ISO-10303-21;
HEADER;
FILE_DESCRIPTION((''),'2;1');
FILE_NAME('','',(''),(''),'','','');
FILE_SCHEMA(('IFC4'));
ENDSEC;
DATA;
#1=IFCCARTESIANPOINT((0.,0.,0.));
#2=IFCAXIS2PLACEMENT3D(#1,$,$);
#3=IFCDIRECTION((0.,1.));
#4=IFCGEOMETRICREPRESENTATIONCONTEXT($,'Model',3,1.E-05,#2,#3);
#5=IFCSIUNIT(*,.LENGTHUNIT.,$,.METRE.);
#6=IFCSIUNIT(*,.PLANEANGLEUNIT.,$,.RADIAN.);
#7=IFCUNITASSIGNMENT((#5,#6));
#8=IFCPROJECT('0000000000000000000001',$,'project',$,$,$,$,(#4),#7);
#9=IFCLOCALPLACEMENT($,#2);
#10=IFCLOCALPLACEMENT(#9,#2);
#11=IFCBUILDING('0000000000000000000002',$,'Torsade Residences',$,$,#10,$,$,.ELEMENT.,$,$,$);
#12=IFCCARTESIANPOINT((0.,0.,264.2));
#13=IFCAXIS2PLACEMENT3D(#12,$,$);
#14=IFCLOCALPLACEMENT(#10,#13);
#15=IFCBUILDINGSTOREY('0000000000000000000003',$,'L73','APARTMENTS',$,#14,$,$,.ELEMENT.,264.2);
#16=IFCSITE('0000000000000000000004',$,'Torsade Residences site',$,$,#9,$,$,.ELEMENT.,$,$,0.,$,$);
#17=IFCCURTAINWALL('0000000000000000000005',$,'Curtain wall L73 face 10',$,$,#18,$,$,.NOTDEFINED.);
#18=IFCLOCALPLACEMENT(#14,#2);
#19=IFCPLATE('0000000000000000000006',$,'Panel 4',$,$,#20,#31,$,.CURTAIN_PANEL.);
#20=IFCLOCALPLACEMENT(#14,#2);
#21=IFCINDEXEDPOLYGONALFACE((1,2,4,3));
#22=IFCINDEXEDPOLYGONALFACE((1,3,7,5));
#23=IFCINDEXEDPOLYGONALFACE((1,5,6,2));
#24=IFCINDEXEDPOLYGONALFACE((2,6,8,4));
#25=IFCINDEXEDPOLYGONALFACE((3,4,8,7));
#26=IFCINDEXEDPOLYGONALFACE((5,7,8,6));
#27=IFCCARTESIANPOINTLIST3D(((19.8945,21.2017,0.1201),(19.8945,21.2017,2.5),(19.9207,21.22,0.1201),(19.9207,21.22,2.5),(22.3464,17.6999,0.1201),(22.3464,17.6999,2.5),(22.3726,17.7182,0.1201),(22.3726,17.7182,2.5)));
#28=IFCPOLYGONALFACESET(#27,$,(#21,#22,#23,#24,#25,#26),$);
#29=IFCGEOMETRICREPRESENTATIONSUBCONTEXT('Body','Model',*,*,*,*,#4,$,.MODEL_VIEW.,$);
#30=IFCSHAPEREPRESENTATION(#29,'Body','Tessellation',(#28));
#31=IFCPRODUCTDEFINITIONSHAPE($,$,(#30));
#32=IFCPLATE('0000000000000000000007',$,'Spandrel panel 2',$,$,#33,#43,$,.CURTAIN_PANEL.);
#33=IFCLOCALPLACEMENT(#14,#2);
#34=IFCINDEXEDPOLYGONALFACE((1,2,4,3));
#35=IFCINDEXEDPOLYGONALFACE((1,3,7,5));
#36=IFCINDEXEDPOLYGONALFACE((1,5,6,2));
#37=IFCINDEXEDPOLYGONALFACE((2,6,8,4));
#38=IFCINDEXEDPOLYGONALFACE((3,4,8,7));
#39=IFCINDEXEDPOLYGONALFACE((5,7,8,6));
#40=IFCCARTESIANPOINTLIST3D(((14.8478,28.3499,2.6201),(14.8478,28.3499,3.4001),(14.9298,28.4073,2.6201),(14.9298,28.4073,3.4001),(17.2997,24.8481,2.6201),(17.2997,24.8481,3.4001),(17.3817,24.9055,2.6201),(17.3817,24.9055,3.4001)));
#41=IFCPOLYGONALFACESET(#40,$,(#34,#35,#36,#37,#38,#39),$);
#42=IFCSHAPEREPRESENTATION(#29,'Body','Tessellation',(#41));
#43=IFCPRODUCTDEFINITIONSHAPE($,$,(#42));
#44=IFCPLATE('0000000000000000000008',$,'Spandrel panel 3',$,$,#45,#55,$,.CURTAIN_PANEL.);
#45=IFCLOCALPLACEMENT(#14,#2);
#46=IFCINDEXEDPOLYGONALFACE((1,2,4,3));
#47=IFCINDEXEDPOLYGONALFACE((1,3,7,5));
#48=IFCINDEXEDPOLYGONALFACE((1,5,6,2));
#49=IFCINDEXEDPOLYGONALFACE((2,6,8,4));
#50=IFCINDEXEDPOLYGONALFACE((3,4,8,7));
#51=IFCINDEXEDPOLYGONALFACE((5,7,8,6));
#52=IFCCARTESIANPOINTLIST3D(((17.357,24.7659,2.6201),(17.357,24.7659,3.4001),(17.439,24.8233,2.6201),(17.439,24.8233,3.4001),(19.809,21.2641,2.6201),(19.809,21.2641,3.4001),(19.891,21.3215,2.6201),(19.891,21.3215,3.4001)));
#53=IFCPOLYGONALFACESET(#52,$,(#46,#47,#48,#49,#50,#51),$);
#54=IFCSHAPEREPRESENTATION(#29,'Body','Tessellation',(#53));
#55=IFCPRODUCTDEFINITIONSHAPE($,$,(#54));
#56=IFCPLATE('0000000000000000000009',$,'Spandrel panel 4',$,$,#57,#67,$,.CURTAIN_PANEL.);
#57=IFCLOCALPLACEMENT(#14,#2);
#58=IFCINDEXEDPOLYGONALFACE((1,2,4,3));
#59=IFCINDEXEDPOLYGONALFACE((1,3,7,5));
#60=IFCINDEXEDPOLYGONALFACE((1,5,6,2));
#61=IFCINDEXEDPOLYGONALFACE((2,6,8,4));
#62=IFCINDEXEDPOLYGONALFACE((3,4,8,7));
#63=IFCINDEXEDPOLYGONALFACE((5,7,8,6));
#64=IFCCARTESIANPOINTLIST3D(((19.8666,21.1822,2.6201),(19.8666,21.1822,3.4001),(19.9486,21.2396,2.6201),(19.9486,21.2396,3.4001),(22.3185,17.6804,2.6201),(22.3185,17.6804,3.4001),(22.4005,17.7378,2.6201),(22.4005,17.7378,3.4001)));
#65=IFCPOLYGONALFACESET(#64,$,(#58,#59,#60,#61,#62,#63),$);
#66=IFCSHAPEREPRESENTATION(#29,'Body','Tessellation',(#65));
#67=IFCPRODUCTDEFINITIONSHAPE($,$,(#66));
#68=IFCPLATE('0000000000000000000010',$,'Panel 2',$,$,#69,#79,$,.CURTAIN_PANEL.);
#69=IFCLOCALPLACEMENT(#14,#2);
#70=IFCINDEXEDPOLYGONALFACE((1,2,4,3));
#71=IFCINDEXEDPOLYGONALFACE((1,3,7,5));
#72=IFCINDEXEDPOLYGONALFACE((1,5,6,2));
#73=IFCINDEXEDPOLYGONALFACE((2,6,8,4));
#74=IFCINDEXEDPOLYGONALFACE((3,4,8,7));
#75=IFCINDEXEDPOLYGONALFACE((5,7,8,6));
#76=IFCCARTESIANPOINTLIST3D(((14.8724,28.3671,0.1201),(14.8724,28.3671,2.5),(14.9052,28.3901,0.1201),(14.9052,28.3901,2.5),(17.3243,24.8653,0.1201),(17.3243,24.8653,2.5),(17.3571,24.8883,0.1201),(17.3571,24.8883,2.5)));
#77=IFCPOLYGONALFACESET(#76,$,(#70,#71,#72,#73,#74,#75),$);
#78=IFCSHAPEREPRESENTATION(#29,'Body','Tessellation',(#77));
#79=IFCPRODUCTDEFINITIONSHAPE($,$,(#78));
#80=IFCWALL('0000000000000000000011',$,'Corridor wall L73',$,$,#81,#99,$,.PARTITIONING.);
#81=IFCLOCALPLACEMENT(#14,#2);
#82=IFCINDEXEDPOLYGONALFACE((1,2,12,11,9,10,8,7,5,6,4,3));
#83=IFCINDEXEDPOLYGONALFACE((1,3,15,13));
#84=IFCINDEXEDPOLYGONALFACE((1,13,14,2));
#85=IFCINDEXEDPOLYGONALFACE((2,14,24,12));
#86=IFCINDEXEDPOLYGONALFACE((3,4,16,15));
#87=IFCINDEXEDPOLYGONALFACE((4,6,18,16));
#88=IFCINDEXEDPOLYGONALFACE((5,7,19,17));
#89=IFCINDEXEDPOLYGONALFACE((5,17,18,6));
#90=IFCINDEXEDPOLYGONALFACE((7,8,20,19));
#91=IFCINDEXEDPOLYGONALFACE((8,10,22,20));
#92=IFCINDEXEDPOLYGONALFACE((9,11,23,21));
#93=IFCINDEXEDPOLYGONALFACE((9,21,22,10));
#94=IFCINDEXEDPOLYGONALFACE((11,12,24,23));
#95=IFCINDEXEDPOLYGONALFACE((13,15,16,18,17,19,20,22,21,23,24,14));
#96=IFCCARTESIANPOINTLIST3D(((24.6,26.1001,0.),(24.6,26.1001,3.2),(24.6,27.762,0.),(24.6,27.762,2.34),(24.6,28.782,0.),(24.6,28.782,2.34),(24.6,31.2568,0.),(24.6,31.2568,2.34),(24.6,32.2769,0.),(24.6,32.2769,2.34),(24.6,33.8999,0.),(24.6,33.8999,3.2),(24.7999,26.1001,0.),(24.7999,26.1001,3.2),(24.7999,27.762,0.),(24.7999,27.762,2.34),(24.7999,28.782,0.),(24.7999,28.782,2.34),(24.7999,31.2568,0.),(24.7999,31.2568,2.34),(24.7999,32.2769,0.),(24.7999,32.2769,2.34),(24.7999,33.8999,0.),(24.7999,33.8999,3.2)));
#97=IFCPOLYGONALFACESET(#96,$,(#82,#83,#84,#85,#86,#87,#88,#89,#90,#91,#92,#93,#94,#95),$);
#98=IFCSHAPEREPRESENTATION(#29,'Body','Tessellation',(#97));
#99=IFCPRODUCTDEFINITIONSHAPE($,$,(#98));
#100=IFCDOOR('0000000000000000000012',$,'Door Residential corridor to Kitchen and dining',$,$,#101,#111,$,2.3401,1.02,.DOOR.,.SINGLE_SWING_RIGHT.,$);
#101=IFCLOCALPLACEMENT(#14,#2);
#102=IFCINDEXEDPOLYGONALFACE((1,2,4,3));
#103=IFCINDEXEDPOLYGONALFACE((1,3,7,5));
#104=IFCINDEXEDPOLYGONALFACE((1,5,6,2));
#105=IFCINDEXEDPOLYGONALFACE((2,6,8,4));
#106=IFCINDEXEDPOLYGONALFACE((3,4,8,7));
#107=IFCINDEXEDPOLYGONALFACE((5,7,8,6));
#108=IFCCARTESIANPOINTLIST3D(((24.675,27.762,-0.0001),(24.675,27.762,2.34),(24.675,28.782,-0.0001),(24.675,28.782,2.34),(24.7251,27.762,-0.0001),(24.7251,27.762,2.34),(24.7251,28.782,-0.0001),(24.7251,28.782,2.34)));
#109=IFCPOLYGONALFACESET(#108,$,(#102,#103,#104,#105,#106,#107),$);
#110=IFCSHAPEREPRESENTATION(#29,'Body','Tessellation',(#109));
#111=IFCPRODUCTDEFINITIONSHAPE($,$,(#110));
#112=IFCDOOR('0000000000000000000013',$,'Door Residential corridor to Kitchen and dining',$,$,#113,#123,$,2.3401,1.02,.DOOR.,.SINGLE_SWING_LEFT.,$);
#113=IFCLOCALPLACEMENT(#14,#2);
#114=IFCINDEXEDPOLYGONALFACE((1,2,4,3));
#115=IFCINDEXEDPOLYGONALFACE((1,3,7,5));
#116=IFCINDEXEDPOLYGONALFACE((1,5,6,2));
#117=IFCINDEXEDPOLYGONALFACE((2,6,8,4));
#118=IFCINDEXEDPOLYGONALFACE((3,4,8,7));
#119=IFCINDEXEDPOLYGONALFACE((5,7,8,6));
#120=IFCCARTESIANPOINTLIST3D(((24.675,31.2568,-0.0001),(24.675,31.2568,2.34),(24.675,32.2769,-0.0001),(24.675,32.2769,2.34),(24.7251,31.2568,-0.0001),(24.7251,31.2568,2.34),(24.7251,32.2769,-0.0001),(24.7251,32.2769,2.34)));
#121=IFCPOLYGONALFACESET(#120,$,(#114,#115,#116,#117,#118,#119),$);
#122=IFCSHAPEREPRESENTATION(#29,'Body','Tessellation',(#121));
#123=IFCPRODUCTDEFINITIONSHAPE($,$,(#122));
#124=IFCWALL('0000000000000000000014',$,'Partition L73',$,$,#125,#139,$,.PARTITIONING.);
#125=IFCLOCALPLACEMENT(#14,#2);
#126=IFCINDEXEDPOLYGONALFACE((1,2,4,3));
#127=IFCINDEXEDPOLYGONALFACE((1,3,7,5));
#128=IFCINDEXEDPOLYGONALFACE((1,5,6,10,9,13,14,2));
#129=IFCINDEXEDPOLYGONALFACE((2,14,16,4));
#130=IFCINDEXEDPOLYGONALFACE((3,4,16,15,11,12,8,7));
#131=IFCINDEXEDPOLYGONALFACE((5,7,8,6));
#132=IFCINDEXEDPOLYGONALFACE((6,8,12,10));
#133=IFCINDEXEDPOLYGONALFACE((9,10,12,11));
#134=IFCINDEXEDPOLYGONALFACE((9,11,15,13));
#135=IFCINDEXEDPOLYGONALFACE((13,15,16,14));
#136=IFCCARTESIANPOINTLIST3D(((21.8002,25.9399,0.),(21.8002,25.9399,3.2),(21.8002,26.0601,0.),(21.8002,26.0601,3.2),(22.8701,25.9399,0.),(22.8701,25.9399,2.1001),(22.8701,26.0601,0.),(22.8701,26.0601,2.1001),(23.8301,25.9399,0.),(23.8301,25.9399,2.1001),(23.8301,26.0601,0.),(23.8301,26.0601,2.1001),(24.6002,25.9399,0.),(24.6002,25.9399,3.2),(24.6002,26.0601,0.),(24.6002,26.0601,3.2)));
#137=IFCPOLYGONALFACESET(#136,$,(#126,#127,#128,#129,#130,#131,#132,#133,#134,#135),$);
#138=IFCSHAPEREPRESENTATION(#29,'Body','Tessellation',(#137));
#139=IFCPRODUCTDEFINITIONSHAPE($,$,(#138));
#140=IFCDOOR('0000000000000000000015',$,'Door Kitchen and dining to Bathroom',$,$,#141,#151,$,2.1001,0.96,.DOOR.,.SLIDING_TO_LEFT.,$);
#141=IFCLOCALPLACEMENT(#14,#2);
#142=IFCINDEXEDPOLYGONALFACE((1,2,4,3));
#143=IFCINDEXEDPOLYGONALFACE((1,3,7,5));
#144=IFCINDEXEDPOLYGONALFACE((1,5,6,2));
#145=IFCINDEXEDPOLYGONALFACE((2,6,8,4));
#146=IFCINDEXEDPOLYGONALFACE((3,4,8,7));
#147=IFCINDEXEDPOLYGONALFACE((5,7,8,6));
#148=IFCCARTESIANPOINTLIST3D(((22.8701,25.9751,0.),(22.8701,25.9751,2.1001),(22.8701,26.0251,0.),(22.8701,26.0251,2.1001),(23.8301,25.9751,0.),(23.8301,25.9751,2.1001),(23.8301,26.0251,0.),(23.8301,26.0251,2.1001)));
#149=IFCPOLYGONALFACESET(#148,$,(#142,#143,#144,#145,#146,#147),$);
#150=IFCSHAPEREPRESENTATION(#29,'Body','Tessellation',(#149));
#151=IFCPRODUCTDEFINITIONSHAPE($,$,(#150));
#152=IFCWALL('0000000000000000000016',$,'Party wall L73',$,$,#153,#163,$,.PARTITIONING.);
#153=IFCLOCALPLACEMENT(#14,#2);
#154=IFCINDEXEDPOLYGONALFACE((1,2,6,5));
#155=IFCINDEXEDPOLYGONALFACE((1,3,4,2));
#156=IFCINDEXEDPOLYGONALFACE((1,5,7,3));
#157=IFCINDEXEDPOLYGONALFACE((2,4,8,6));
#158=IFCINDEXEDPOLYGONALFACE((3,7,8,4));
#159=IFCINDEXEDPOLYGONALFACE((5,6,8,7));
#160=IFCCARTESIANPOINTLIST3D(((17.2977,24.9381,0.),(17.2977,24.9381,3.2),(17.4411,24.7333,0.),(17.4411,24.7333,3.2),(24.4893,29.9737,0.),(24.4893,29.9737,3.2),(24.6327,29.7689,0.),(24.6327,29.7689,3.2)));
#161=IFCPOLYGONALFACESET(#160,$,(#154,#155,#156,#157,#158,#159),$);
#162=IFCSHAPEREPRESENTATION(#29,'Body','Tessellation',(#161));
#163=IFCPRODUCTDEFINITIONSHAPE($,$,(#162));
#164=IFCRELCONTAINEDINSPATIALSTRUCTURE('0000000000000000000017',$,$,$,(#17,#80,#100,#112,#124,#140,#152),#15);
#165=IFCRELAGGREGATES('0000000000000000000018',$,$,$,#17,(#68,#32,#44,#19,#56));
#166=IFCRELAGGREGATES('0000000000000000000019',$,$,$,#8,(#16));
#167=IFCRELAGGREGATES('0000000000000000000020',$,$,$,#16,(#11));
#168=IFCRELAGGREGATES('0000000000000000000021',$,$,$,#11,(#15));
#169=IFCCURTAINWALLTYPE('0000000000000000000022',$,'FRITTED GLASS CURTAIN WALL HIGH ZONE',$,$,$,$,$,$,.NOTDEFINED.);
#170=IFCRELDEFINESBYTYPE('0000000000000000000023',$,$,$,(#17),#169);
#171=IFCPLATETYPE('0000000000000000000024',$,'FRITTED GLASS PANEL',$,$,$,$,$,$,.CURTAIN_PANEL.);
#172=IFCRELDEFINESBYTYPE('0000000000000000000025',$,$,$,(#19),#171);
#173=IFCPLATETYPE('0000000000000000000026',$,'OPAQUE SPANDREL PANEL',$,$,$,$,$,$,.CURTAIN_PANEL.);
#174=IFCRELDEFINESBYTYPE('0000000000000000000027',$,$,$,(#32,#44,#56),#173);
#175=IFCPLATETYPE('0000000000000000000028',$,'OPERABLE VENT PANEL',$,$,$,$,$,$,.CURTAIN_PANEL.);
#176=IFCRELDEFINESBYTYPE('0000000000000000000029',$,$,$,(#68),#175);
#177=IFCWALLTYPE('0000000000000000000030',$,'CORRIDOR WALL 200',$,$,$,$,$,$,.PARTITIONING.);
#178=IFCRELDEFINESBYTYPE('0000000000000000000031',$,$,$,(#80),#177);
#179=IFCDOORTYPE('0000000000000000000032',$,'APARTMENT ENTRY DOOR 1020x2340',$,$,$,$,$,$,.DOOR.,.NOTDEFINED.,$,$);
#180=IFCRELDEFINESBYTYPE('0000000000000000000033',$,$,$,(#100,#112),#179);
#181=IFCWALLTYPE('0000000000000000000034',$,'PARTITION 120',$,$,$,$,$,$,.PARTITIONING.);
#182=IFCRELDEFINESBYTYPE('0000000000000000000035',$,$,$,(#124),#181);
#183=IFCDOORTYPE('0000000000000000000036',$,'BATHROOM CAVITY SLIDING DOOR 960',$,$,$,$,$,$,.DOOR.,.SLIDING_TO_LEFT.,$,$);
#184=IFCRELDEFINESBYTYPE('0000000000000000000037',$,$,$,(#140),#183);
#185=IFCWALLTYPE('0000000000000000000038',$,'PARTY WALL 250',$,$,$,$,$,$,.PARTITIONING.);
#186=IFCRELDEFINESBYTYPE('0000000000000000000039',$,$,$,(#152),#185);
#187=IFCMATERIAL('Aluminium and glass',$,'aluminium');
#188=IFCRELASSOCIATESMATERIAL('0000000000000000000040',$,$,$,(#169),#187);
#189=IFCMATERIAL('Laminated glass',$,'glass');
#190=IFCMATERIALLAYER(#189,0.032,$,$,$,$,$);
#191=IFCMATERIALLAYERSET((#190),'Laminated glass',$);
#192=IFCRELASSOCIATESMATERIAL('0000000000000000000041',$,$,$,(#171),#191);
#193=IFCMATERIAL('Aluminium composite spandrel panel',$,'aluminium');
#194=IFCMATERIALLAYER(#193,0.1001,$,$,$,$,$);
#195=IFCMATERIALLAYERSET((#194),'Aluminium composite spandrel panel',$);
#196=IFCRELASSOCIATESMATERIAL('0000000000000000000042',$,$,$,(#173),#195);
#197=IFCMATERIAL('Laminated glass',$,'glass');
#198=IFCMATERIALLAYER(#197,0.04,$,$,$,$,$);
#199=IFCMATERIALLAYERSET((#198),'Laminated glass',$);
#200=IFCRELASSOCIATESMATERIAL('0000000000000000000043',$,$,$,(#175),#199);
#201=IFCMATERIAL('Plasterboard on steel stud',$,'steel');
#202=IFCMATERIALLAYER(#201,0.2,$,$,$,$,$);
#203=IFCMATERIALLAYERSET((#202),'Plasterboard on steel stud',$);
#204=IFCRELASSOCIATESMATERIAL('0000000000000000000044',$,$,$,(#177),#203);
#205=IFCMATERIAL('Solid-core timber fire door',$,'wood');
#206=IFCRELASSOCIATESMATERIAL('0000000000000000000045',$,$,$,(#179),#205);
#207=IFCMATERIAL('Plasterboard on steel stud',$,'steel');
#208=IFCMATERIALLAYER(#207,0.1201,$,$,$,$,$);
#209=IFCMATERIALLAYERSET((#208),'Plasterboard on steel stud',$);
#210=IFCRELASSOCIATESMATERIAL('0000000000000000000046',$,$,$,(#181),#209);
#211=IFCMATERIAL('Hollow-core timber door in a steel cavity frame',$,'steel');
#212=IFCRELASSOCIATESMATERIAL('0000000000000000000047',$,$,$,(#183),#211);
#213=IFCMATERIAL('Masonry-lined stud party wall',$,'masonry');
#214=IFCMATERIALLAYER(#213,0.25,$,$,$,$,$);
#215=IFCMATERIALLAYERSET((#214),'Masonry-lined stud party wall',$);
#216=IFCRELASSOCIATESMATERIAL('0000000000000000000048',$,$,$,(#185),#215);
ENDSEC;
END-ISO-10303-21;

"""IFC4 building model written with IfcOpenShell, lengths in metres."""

from ifc_helpers import new_model, si_unit, direction, frame, frame_2d, origin, origin_2d, place, context, subcontext, project, spatial, rectangle, extrude, material, layer, layer_set, type_object, element, fill, aggregate, save


model = new_model("IFC4")

# Units and contexts
model_context = context("Model", 3, precision=1e-05, world=origin(), true_north=direction((0.0, 1.0)))
body_context = subcontext(model_context, "Body", "Model", "MODEL_VIEW")
ifc_project = project(units=[si_unit("LENGTHUNIT", "METRE"), si_unit("PLANEANGLEUNIT", "RADIAN")], contexts=[model_context])

# Site, building, storey
site_placement = place(None, origin())
site = spatial("IfcSite", under=ifc_project, at=site_placement, Name="Torsade Residences site", CompositionType="ELEMENT", RefElevation=0.0)
building_placement = place(site_placement, origin())
building = spatial("IfcBuilding", under=site, at=building_placement, Name="Torsade Residences", CompositionType="ELEMENT")
storey_placement = place(building_placement, frame((0.0, 0.0, 264.2)))
storey = spatial("IfcBuildingStorey", under=building, at=storey_placement, Name="L73", Description="APARTMENTS", CompositionType="ELEMENT", Elevation=264.2)

# Curtain wall
ifc_material_1 = material(Name="Aluminium and glass", Category="aluminium")
curtain_wall_type = type_object("IfcCurtainWallType", Name="FRITTED GLASS CURTAIN WALL HIGH ZONE", PredefinedType="NOTDEFINED", material=ifc_material_1)
curtain_wall_placement = place(storey_placement, origin())
curtain_wall = element("IfcCurtainWall", 1, at=curtain_wall_placement, inside=storey, type_object=curtain_wall_type, Name="Curtain wall L73 face 10", PredefinedType="NOTDEFINED")

# Plates
ifc_material_2 = material(Name="Laminated glass", Category="glass")
ifc_layer_1 = layer(ifc_material_2, 0.032)
ifc_layer_set_1 = layer_set([ifc_layer_1], Name="Laminated glass")
plate_type_1 = type_object("IfcPlateType", Name="FRITTED GLASS PANEL", PredefinedType="CURTAIN_PANEL", material=ifc_layer_set_1)
plate_1_placement = place(storey_placement, frame((21.1335, 19.46, 0.1201), z_axis=(0.0, 0.0, 1.0), x_axis=(0.573576, -0.819152, 0.0)))
plate_1 = element("IfcPlate", 2, at=plate_1_placement, type_object=plate_type_1, Name="Panel 4", PredefinedType="CURTAIN_PANEL", context=body_context, shape_type="SweptSolid", body=[
    extrude(rectangle(XDim=4.2749, YDim=0.032, at=origin_2d()), origin(), (0.0, 0.0, 1.0), 2.3799),
])
ifc_material_3 = material(Name="Aluminium composite spandrel panel", Category="aluminium")
ifc_layer_2 = layer(ifc_material_3, 0.1001)
ifc_layer_set_2 = layer_set([ifc_layer_2], Name="Aluminium composite spandrel panel")
plate_type_2 = type_object("IfcPlateType", Name="OPAQUE SPANDREL PANEL", PredefinedType="CURTAIN_PANEL", material=ifc_layer_set_2)
plate_2_placement = place(storey_placement, frame((16.1147, 26.6277, 2.6201), z_axis=(0.0, 0.0, 1.0), x_axis=(0.573576, -0.819152, 0.0)))
plate_2 = element("IfcPlate", 3, at=plate_2_placement, type_object=plate_type_2, Name="Spandrel panel 2", PredefinedType="CURTAIN_PANEL", context=body_context, shape_type="SweptSolid", body=[
    extrude(rectangle(XDim=4.2749, YDim=0.1001, at=origin_2d()), origin(), (0.0, 0.0, 1.0), 0.78),
])
plate_3_placement = place(storey_placement, frame((18.624, 23.0437, 2.6201), z_axis=(0.0, 0.0, 1.0), x_axis=(0.573576, -0.819152, 0.0)))
plate_3 = element("IfcPlate", 4, at=plate_3_placement, type_object=plate_type_2, Name="Spandrel panel 3", PredefinedType="CURTAIN_PANEL", context=body_context, shape_type="SweptSolid", body=[
    extrude(rectangle(XDim=4.2749, YDim=0.1001, at=origin_2d()), origin(), (0.0, 0.0, 1.0), 0.78),
])
plate_4_placement = place(storey_placement, frame((21.1335, 19.46, 2.6201), z_axis=(0.0, 0.0, 1.0), x_axis=(0.573576, -0.819152, 0.0)))
plate_4 = element("IfcPlate", 5, at=plate_4_placement, type_object=plate_type_2, Name="Spandrel panel 4", PredefinedType="CURTAIN_PANEL", context=body_context, shape_type="SweptSolid", body=[
    extrude(rectangle(XDim=4.2749, YDim=0.1001, at=origin_2d()), origin(), (0.0, 0.0, 1.0), 0.78),
])
ifc_material_4 = material(Name="Laminated glass", Category="glass")
ifc_layer_3 = layer(ifc_material_4, 0.04)
ifc_layer_set_3 = layer_set([ifc_layer_3], Name="Laminated glass")
plate_type_3 = type_object("IfcPlateType", Name="OPERABLE VENT PANEL", PredefinedType="CURTAIN_PANEL", material=ifc_layer_set_3)
plate_5_placement = place(storey_placement, frame((16.1147, 26.6277, 0.1201), z_axis=(0.0, 0.0, 1.0), x_axis=(0.573576, -0.819152, 0.0)))
plate_5 = element("IfcPlate", 6, at=plate_5_placement, type_object=plate_type_3, Name="Panel 2", PredefinedType="CURTAIN_PANEL", context=body_context, shape_type="SweptSolid", body=[
    extrude(rectangle(XDim=4.2749, YDim=0.04, at=origin_2d()), origin(), (0.0, 0.0, 1.0), 2.3799),
])
aggregate(curtain_wall, [plate_5, plate_2, plate_3, plate_1, plate_4])

# Wall, openings, doors
ifc_material_5 = material(Name="Plasterboard on steel stud", Category="steel")
ifc_layer_4 = layer(ifc_material_5, 0.2)
ifc_layer_set_4 = layer_set([ifc_layer_4], Name="Plasterboard on steel stud")
wall_type_1 = type_object("IfcWallType", Name="CORRIDOR WALL 200", PredefinedType="PARTITIONING", material=ifc_layer_set_4)
wall_1_placement = place(storey_placement, frame((24.7, 26.1001, 0.0), z_axis=(0.0, 0.0, 1.0), x_axis=(0.0, 1.0, 0.0)))
wall_1 = element("IfcWall", 7, at=wall_1_placement, inside=storey, type_object=wall_type_1, Name="Corridor wall L73", PredefinedType="PARTITIONING", context=body_context, shape_type="SweptSolid", body=[
    extrude(rectangle(XDim=7.7998, YDim=0.2, at=frame_2d((3.8999, 0.0))), origin(), (0.0, 0.0, 1.0), 3.2),
])
opening_1_placement = place(wall_1_placement, frame((1.6619, 0.0, 0.0)))
opening_1 = element("IfcOpeningElement", 8, at=opening_1_placement, cuts=wall_1, PredefinedType="OPENING", context=body_context, shape_type="SweptSolid", body=[
    extrude(rectangle(XDim=1.02, YDim=2.3401, at=frame_2d((0.51, 1.1699))), frame((0.0, 0.1099, 0.0), z_axis=(0.0, -1.0, 0.0), x_axis=(1.0, 0.0, 0.0)), (0.0, 0.0, 1.0), 0.22),
])
opening_2_placement = place(wall_1_placement, frame((5.1567, 0.0, 0.0)))
opening_2 = element("IfcOpeningElement", 9, at=opening_2_placement, cuts=wall_1, PredefinedType="OPENING", context=body_context, shape_type="SweptSolid", body=[
    extrude(rectangle(XDim=1.02, YDim=2.3401, at=frame_2d((0.51, 1.1699))), frame((0.0, 0.1099, 0.0), z_axis=(0.0, -1.0, 0.0), x_axis=(1.0, 0.0, 0.0)), (0.0, 0.0, 1.0), 0.22),
])
ifc_material_6 = material(Name="Solid-core timber fire door", Category="wood")
door_type_1 = type_object("IfcDoorType", Name="APARTMENT ENTRY DOOR 1020x2340", OperationType="NOTDEFINED", PredefinedType="DOOR", material=ifc_material_6)
door_1_placement = place(opening_1_placement, origin())
door_1 = element("IfcDoor", 10, at=door_1_placement, inside=storey, type_object=door_type_1, Name="Door Residential corridor to Kitchen and dining", OperationType="SINGLE_SWING_RIGHT", OverallHeight=2.3401, OverallWidth=1.02, PredefinedType="DOOR", context=body_context, shape_type="SweptSolid", body=[
    extrude(rectangle(XDim=1.02, YDim=2.3401, at=frame_2d((0.51, 1.1699))), frame((0.0, 0.0249, 0.0), z_axis=(0.0, -1.0, 0.0), x_axis=(1.0, 0.0, 0.0)), (0.0, 0.0, 1.0), 0.05),
])
fill(opening_1, door_1)
door_2_placement = place(opening_2_placement, origin())
door_2 = element("IfcDoor", 11, at=door_2_placement, inside=storey, type_object=door_type_1, Name="Door Residential corridor to Kitchen and dining", OperationType="SINGLE_SWING_LEFT", OverallHeight=2.3401, OverallWidth=1.02, PredefinedType="DOOR", context=body_context, shape_type="SweptSolid", body=[
    extrude(rectangle(XDim=1.02, YDim=2.3401, at=frame_2d((0.51, 1.1699))), frame((0.0, 0.0249, 0.0), z_axis=(0.0, -1.0, 0.0), x_axis=(1.0, 0.0, 0.0)), (0.0, 0.0, 1.0), 0.05),
])
fill(opening_2, door_2)

# Wall, opening, door
ifc_material_7 = material(Name="Plasterboard on steel stud", Category="steel")
ifc_layer_5 = layer(ifc_material_7, 0.1201)
ifc_layer_set_5 = layer_set([ifc_layer_5], Name="Plasterboard on steel stud")
wall_type_2 = type_object("IfcWallType", Name="PARTITION 120", PredefinedType="PARTITIONING", material=ifc_layer_set_5)
wall_2_placement = place(storey_placement, frame((24.6001, 26.0, 0.0), z_axis=(0.0, 0.0, 1.0), x_axis=(-1.0, 0.0, 0.0)))
wall_2 = element("IfcWall", 12, at=wall_2_placement, inside=storey, type_object=wall_type_2, Name="Partition L73", PredefinedType="PARTITIONING", context=body_context, shape_type="SweptSolid", body=[
    extrude(rectangle(XDim=2.8, YDim=0.1201, at=frame_2d((1.3999, 0.0))), origin(), (0.0, 0.0, 1.0), 3.2),
])
opening_3_placement = place(wall_2_placement, frame((0.77, 0.0, 0.0)))
opening_3 = element("IfcOpeningElement", 13, at=opening_3_placement, cuts=wall_2, PredefinedType="OPENING", context=body_context, shape_type="SweptSolid", body=[
    extrude(rectangle(XDim=0.96, YDim=2.1001, at=frame_2d((0.48, 1.05))), frame((0.0, 0.0701, 0.0), z_axis=(0.0, -1.0, 0.0), x_axis=(1.0, 0.0, 0.0)), (0.0, 0.0, 1.0), 0.1401),
])
ifc_material_8 = material(Name="Hollow-core timber door in a steel cavity frame", Category="steel")
door_type_2 = type_object("IfcDoorType", Name="BATHROOM CAVITY SLIDING DOOR 960", OperationType="SLIDING_TO_LEFT", PredefinedType="DOOR", material=ifc_material_8)
door_3_placement = place(opening_3_placement, origin())
door_3 = element("IfcDoor", 14, at=door_3_placement, inside=storey, type_object=door_type_2, Name="Door Kitchen and dining to Bathroom", OperationType="SLIDING_TO_LEFT", OverallHeight=2.1001, OverallWidth=0.96, PredefinedType="DOOR", context=body_context, shape_type="SweptSolid", body=[
    extrude(rectangle(XDim=0.96, YDim=2.1001, at=frame_2d((0.48, 1.05))), frame((0.0, 0.0249, 0.0), z_axis=(0.0, -1.0, 0.0), x_axis=(1.0, 0.0, 0.0)), (0.0, 0.0, 1.0), 0.05),
])
fill(opening_3, door_3)

# Wall
ifc_material_9 = material(Name="Masonry-lined stud party wall", Category="masonry")
ifc_layer_6 = layer(ifc_material_9, 0.25)
ifc_layer_set_6 = layer_set([ifc_layer_6], Name="Masonry-lined stud party wall")
wall_type_3 = type_object("IfcWallType", Name="PARTY WALL 250", PredefinedType="PARTITIONING", material=ifc_layer_set_6)
wall_3_placement = place(storey_placement, frame((17.3694, 24.8357, 0.0), z_axis=(0.0, 0.0, 1.0), x_axis=(0.819152, 0.573576, 0.0)))
element("IfcWall", 15, at=wall_3_placement, inside=storey, type_object=wall_type_3, Name="Party wall L73", PredefinedType="PARTITIONING", context=body_context, shape_type="SweptSolid", body=[
    extrude(rectangle(XDim=8.7793, YDim=0.25, at=frame_2d((4.3896, 0.0))), origin(), (0.0, 0.0, 1.0), 3.2),
])

save(model, "model.ifc")
